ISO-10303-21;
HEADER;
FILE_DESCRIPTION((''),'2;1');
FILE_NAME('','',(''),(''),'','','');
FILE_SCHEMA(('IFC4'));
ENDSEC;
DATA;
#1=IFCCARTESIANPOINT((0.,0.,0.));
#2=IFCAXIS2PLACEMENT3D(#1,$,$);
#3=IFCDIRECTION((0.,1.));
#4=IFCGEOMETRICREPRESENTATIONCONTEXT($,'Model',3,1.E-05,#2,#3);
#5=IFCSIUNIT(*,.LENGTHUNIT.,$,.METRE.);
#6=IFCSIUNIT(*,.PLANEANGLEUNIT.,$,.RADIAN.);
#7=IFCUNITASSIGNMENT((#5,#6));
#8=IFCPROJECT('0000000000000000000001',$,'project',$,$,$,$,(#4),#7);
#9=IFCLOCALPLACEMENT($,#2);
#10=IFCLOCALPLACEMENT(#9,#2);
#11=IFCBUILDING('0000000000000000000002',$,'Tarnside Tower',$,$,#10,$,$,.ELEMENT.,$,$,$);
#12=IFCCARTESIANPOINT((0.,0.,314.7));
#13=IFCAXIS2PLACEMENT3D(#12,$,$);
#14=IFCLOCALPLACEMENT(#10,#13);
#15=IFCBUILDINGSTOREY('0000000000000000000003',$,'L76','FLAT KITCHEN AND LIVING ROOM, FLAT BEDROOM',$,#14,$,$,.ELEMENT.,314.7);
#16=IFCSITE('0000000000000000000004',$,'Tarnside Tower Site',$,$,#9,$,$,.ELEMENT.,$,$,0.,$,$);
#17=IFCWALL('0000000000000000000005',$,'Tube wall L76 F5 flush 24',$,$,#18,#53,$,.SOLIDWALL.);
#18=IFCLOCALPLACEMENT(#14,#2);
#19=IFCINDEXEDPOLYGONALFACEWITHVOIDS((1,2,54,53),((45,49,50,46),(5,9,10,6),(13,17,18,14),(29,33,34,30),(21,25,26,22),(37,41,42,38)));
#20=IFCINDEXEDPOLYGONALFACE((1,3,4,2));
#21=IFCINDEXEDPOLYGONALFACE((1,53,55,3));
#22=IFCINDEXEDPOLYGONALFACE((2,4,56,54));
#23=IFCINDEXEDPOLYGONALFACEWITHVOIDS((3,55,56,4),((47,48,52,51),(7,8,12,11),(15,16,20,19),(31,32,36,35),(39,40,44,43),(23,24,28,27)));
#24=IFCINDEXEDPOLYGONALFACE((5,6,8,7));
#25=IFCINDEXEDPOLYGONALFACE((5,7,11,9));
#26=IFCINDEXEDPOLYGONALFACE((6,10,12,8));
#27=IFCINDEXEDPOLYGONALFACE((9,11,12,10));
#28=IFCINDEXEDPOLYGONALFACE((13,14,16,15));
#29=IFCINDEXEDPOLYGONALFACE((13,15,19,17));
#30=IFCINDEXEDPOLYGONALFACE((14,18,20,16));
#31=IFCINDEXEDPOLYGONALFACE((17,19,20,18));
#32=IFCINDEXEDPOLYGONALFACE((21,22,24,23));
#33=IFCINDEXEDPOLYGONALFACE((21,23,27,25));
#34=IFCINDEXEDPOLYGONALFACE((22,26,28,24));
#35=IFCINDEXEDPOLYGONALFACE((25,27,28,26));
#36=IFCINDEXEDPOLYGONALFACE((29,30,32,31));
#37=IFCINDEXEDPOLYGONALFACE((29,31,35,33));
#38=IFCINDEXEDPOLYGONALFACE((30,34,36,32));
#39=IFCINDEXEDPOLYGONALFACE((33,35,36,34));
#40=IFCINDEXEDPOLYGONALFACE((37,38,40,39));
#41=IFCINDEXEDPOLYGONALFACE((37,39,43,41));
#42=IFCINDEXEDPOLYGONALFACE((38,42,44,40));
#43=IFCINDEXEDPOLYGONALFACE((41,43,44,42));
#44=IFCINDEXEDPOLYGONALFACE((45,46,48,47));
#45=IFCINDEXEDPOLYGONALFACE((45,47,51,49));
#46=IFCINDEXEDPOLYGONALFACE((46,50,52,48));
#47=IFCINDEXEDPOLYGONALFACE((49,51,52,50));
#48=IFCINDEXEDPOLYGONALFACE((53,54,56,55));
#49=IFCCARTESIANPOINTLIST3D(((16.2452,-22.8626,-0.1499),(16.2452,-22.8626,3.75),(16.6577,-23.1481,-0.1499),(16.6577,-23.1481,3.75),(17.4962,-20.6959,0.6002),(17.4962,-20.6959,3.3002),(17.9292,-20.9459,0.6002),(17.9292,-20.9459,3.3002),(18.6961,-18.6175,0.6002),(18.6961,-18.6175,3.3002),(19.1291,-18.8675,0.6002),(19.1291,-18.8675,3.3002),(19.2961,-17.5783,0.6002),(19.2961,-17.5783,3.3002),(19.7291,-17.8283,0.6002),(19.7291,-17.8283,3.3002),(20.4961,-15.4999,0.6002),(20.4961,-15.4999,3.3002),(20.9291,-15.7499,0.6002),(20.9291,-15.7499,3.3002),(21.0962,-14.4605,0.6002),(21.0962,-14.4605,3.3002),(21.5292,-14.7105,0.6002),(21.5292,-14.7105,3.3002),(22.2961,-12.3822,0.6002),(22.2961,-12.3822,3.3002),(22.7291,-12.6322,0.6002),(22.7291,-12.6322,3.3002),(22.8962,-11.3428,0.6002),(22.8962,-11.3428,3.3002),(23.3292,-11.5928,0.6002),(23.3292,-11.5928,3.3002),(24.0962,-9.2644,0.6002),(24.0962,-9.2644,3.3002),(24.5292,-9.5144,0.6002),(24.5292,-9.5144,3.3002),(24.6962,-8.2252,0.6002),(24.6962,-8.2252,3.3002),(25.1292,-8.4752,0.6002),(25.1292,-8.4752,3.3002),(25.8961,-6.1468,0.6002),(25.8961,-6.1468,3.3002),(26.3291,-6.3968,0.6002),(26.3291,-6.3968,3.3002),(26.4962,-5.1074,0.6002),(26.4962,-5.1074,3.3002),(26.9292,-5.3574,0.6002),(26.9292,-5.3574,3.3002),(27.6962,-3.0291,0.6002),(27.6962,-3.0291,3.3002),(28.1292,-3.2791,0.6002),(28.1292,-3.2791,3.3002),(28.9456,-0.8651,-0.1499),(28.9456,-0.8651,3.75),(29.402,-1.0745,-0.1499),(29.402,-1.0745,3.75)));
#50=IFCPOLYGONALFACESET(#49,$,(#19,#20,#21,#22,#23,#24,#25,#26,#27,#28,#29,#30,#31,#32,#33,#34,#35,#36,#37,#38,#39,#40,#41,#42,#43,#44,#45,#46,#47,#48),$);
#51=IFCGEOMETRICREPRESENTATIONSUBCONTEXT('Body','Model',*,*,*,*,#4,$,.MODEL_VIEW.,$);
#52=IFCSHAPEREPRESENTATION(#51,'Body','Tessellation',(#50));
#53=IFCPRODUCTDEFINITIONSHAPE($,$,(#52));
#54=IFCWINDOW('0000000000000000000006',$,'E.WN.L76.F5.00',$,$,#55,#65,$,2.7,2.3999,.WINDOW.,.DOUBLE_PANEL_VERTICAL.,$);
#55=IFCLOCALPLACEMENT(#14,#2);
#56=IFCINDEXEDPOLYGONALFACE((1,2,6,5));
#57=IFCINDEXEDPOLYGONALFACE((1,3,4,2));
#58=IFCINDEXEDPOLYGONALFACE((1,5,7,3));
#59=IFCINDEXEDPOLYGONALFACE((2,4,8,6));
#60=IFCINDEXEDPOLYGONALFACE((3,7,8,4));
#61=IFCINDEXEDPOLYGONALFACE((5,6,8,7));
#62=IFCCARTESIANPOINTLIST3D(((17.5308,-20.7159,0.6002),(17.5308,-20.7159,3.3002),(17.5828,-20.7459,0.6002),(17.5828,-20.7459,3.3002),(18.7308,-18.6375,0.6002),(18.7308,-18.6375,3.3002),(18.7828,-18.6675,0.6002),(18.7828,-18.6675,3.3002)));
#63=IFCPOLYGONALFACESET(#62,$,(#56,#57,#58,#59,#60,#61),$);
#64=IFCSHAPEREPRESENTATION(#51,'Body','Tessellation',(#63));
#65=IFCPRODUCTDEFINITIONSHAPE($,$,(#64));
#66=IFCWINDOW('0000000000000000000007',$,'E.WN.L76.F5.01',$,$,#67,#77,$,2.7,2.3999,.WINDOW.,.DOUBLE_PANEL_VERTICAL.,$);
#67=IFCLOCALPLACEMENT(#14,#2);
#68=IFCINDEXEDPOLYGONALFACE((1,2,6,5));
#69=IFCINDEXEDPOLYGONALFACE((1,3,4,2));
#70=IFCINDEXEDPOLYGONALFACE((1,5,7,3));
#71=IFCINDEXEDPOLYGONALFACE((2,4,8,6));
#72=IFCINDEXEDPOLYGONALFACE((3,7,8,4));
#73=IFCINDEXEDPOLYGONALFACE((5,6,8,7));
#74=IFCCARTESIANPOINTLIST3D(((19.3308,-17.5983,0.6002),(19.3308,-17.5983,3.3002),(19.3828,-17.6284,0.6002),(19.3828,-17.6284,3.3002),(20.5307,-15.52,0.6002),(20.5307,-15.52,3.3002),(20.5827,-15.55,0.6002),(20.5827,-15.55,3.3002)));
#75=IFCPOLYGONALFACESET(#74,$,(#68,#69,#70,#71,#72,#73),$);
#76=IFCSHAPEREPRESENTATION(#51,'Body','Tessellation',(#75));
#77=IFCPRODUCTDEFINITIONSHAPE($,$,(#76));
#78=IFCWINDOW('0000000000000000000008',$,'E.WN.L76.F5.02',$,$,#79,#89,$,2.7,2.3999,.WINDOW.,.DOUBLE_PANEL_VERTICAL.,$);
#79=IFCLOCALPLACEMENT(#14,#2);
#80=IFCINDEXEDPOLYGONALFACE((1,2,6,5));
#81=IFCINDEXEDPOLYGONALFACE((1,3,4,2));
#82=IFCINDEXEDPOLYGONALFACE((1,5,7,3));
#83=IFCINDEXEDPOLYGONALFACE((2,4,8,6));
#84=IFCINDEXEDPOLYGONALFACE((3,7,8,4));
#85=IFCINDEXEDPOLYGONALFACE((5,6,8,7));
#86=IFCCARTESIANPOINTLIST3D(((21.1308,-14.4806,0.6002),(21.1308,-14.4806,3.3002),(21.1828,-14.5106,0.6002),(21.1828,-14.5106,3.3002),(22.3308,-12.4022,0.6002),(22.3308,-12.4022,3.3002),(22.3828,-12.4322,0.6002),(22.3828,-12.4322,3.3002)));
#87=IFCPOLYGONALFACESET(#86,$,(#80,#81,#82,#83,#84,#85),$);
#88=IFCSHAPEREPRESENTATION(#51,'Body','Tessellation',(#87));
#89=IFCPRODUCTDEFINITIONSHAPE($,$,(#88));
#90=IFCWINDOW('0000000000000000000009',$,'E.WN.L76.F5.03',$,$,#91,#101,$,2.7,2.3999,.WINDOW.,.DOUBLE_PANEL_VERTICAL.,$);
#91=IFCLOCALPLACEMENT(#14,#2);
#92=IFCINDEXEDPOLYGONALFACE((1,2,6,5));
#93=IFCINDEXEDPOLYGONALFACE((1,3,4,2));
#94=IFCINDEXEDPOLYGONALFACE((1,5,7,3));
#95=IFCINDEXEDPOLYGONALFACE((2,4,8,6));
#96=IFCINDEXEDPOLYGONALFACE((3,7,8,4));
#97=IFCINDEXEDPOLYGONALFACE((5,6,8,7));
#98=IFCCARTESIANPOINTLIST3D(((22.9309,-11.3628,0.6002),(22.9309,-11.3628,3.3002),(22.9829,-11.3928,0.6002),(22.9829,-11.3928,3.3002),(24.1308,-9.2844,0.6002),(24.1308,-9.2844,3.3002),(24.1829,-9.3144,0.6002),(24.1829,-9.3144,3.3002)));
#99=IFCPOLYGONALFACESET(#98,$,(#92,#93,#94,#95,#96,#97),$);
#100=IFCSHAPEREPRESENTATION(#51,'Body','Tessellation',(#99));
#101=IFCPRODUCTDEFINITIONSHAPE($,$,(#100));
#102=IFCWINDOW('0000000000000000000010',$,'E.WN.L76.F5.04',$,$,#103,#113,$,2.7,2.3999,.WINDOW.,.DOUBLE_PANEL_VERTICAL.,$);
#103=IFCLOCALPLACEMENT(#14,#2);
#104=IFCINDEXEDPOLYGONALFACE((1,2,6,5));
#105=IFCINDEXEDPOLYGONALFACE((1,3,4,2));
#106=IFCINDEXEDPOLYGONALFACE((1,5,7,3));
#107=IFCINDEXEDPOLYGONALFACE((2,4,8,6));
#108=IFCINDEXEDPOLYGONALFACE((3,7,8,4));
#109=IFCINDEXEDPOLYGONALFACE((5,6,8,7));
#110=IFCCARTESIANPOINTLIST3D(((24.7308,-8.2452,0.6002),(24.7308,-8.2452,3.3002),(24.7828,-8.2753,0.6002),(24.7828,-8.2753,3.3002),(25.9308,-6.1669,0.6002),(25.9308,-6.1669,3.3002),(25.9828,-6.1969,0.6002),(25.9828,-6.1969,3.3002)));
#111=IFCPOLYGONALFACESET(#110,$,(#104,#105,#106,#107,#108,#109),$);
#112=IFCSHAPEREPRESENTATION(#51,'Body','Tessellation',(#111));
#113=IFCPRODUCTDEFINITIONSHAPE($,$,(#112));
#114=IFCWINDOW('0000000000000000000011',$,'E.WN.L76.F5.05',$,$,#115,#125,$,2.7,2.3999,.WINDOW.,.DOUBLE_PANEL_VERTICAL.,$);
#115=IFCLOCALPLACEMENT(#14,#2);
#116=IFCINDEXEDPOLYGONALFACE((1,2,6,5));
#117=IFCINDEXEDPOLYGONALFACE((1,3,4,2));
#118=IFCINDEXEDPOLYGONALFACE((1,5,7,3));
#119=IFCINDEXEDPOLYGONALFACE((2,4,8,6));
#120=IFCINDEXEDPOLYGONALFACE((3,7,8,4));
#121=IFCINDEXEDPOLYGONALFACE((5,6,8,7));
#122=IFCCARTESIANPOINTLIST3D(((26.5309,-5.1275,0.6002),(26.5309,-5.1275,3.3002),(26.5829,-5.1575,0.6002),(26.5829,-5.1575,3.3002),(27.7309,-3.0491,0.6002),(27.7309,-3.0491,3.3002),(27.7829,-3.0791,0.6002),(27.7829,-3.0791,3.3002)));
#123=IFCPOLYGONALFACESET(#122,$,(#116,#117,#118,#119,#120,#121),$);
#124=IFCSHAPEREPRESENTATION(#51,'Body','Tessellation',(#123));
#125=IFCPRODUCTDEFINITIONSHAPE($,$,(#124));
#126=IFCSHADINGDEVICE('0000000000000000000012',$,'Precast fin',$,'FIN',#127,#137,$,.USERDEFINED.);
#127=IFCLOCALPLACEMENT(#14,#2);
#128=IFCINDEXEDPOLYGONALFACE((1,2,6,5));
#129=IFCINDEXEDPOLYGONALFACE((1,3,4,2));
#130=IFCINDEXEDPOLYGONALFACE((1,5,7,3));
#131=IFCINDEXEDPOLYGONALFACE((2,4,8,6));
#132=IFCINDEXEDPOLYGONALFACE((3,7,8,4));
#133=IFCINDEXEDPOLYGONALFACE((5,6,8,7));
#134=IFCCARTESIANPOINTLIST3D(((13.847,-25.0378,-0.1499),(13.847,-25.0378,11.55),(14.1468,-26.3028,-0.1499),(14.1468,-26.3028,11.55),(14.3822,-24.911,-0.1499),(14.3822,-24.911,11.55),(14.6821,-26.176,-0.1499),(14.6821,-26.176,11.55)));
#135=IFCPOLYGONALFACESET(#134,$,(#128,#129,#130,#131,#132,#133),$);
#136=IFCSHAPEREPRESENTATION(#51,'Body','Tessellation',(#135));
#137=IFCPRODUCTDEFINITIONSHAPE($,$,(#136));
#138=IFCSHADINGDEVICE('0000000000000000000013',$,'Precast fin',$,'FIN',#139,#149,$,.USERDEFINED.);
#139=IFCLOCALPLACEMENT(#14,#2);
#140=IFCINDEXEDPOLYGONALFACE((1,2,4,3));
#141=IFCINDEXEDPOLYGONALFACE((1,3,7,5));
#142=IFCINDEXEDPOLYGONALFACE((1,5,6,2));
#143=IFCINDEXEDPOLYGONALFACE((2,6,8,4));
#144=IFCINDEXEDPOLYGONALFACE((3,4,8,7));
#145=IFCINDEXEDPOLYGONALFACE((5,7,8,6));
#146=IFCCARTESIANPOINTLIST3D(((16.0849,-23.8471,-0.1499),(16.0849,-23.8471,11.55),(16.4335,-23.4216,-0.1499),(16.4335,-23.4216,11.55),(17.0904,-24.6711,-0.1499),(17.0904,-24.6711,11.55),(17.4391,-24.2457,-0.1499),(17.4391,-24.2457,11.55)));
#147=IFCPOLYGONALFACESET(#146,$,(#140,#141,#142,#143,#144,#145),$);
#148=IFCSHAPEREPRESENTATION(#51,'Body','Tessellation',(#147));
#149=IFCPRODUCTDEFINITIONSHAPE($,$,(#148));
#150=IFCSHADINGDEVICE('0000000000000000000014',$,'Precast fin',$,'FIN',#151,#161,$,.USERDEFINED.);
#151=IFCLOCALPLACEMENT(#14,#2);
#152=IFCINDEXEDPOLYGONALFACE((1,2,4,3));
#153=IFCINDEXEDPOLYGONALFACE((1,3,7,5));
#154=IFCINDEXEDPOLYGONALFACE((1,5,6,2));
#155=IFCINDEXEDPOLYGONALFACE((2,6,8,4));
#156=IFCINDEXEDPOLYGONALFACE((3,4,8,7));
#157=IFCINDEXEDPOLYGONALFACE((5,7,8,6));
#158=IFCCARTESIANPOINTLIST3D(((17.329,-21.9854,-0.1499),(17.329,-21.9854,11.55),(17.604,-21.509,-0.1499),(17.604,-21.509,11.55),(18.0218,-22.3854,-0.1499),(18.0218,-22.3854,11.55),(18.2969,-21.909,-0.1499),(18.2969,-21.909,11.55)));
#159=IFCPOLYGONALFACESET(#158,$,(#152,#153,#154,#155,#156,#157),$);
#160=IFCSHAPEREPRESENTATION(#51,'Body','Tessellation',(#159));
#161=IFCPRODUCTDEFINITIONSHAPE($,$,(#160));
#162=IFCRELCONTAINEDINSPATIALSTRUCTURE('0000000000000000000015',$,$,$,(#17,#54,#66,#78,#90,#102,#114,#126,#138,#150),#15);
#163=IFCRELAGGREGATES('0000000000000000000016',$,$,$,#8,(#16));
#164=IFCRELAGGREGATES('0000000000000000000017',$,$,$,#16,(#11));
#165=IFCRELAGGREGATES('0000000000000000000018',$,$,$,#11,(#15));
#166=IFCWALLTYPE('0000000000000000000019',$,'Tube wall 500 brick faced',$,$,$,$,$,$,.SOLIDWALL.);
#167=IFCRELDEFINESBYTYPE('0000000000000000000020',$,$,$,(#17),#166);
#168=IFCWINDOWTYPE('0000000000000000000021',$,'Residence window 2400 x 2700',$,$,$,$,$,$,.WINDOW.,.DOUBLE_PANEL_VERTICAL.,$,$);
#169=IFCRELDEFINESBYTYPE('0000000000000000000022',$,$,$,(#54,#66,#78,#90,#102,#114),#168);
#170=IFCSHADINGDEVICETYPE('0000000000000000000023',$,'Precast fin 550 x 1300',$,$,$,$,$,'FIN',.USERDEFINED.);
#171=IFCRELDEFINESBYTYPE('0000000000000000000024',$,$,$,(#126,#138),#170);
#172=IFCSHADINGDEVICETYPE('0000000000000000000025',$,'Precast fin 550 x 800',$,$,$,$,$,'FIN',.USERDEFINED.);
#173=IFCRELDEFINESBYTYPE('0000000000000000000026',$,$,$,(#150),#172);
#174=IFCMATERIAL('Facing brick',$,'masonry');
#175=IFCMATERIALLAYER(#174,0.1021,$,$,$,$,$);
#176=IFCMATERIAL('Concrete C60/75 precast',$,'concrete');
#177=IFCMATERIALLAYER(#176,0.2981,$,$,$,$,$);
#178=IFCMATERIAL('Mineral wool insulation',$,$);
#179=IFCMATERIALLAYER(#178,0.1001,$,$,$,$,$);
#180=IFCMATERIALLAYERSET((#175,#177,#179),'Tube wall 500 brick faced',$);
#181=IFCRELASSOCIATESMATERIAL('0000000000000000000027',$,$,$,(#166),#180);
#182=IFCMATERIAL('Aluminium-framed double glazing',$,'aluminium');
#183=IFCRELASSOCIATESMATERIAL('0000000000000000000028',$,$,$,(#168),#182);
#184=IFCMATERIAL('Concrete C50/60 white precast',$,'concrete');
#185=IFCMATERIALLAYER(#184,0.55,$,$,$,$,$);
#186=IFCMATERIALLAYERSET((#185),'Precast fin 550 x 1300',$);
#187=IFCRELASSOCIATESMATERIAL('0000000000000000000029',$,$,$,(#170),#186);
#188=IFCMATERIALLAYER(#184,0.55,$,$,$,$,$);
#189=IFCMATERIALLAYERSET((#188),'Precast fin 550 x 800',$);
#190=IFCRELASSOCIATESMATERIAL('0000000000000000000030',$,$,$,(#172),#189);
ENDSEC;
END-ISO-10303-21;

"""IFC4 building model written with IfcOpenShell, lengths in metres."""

from ifc_helpers import new_model, si_unit, direction, frame, frame_2d, origin, place, context, subcontext, project, spatial, polyline, rectangle, outline, extrude, material, layer, layer_set, type_object, element, fill, save


model = new_model("IFC4")

# Units and contexts
model_context = context("Model", 3, precision=1e-05, world=origin(), true_north=direction((0.0, 1.0)))
body_context = subcontext(model_context, "Body", "Model", "MODEL_VIEW")
ifc_project = project(units=[si_unit("LENGTHUNIT", "METRE"), si_unit("PLANEANGLEUNIT", "RADIAN")], contexts=[model_context])

# Site, building, storey
site_placement = place(None, origin())
site = spatial("IfcSite", under=ifc_project, at=site_placement, Name="Tarnside Tower Site", CompositionType="ELEMENT", RefElevation=0.0)
building_placement = place(site_placement, origin())
building = spatial("IfcBuilding", under=site, at=building_placement, Name="Tarnside Tower", CompositionType="ELEMENT")
storey_placement = place(building_placement, frame((0.0, 0.0, 314.7)))
storey = spatial("IfcBuildingStorey", under=building, at=storey_placement, Name="L76", Description="FLAT KITCHEN AND LIVING ROOM, FLAT BEDROOM", CompositionType="ELEMENT", Elevation=314.7)

# Shared definitions
ifc_material_1 = material(Name="Facing brick", Category="masonry")
ifc_layer_1 = layer(ifc_material_1, 0.1021)
ifc_material_2 = material(Name="Concrete C60/75 precast", Category="concrete")
ifc_layer_2 = layer(ifc_material_2, 0.2981)
ifc_material_3 = material(Name="Mineral wool insulation")
ifc_layer_3 = layer(ifc_material_3, 0.1001)
ifc_layer_set_1 = layer_set([ifc_layer_1, ifc_layer_2, ifc_layer_3], Name="Tube wall 500 brick faced")
wall_type_1 = type_object("IfcWallType", Name="Tube wall 500 brick faced", PredefinedType="SOLIDWALL", material=ifc_layer_set_1)

# Wall, openings, windows
wall_1_placement = place(storey_placement, frame((16.4514, -23.0054, -0.1499), z_axis=(0.0, 0.0, 1.0), x_axis=(0.500004, 0.866023, 0.0)))
wall_1 = element("IfcWall", 1, at=wall_1_placement, inside=storey, type_object=wall_type_1, Name="Tube wall L76 F5 flush 24", PredefinedType="SOLIDWALL", context=body_context, shape_type="SweptSolid", body=[
    extrude(outline(polyline([(-0.0205, -0.25), (25.468, -0.25), (25.4211, 0.25), (0.0205, 0.25), (-0.0205, -0.25)])), origin(), (0.0, 0.0, 1.0), 3.8999),
])
opening_1_placement = place(wall_1_placement, frame((2.5225, 0.0, 0.75)))
opening_1 = element("IfcOpeningElement", 2, at=opening_1_placement, cuts=wall_1, PredefinedType="OPENING", context=body_context, shape_type="SweptSolid", body=[
    extrude(rectangle(XDim=2.3999, YDim=2.7, at=frame_2d((1.2, 1.3501))), frame((0.0, 0.26, 0.0), z_axis=(0.0, -1.0, 0.0), x_axis=(1.0, 0.0, 0.0)), (0.0, 0.0, 1.0), 0.52),
])
opening_2_placement = place(wall_1_placement, frame((6.1223, 0.0, 0.75)))
opening_2 = element("IfcOpeningElement", 3, at=opening_2_placement, cuts=wall_1, PredefinedType="OPENING", context=body_context, shape_type="SweptSolid", body=[
    extrude(rectangle(XDim=2.3999, YDim=2.7, at=frame_2d((1.2, 1.3501))), frame((0.0, 0.26, 0.0), z_axis=(0.0, -1.0, 0.0), x_axis=(1.0, 0.0, 0.0)), (0.0, 0.0, 1.0), 0.52),
])
opening_3_placement = place(wall_1_placement, frame((9.7224, 0.0, 0.75)))
opening_3 = element("IfcOpeningElement", 4, at=opening_3_placement, cuts=wall_1, PredefinedType="OPENING", context=body_context, shape_type="SweptSolid", body=[
    extrude(rectangle(XDim=2.3999, YDim=2.7, at=frame_2d((1.2, 1.3501))), frame((0.0, 0.26, 0.0), z_axis=(0.0, -1.0, 0.0), x_axis=(1.0, 0.0, 0.0)), (0.0, 0.0, 1.0), 0.52),
])
opening_4_placement = place(wall_1_placement, frame((13.3225, 0.0, 0.75)))
opening_4 = element("IfcOpeningElement", 5, at=opening_4_placement, cuts=wall_1, PredefinedType="OPENING", context=body_context, shape_type="SweptSolid", body=[
    extrude(rectangle(XDim=2.3999, YDim=2.7, at=frame_2d((1.2, 1.3501))), frame((0.0, 0.26, 0.0), z_axis=(0.0, -1.0, 0.0), x_axis=(1.0, 0.0, 0.0)), (0.0, 0.0, 1.0), 0.52),
])
opening_5_placement = place(wall_1_placement, frame((16.9224, 0.0, 0.75)))
opening_5 = element("IfcOpeningElement", 6, at=opening_5_placement, cuts=wall_1, PredefinedType="OPENING", context=body_context, shape_type="SweptSolid", body=[
    extrude(rectangle(XDim=2.3999, YDim=2.7, at=frame_2d((1.2, 1.3501))), frame((0.0, 0.26, 0.0), z_axis=(0.0, -1.0, 0.0), x_axis=(1.0, 0.0, 0.0)), (0.0, 0.0, 1.0), 0.52),
])
opening_6_placement = place(wall_1_placement, frame((20.5225, 0.0, 0.75)))
opening_6 = element("IfcOpeningElement", 7, at=opening_6_placement, cuts=wall_1, PredefinedType="OPENING", context=body_context, shape_type="SweptSolid", body=[
    extrude(rectangle(XDim=2.3999, YDim=2.7, at=frame_2d((1.2, 1.3501))), frame((0.0, 0.26, 0.0), z_axis=(0.0, -1.0, 0.0), x_axis=(1.0, 0.0, 0.0)), (0.0, 0.0, 1.0), 0.52),
])
ifc_material_4 = material(Name="Aluminium-framed double glazing", Category="aluminium")
window_type = type_object("IfcWindowType", Name="Residence window 2400 x 2700", PartitioningType="DOUBLE_PANEL_VERTICAL", PredefinedType="WINDOW", material=ifc_material_4)
window_1_placement = place(opening_1_placement, frame((0.0, 0.1799, 0.0)))
window_1 = element("IfcWindow", 8, at=window_1_placement, inside=storey, type_object=window_type, Name="E.WN.L76.F5.00", OverallHeight=2.7, OverallWidth=2.3999, PartitioningType="DOUBLE_PANEL_VERTICAL", PredefinedType="WINDOW", context=body_context, shape_type="SweptSolid", body=[
    extrude(rectangle(XDim=2.3999, YDim=2.7, at=frame_2d((1.2, 1.3501))), frame((0.0, 0.03, 0.0), z_axis=(0.0, -1.0, 0.0), x_axis=(1.0, 0.0, 0.0)), (0.0, 0.0, 1.0), 0.0601),
])
fill(opening_1, window_1)
window_2_placement = place(opening_2_placement, frame((0.0, 0.1799, 0.0)))
window_2 = element("IfcWindow", 9, at=window_2_placement, inside=storey, type_object=window_type, Name="E.WN.L76.F5.01", OverallHeight=2.7, OverallWidth=2.3999, PartitioningType="DOUBLE_PANEL_VERTICAL", PredefinedType="WINDOW", context=body_context, shape_type="SweptSolid", body=[
    extrude(rectangle(XDim=2.3999, YDim=2.7, at=frame_2d((1.2, 1.3501))), frame((0.0, 0.03, 0.0), z_axis=(0.0, -1.0, 0.0), x_axis=(1.0, 0.0, 0.0)), (0.0, 0.0, 1.0), 0.0601),
])
fill(opening_2, window_2)
window_3_placement = place(opening_3_placement, frame((0.0, 0.1799, 0.0)))
window_3 = element("IfcWindow", 10, at=window_3_placement, inside=storey, type_object=window_type, Name="E.WN.L76.F5.02", OverallHeight=2.7, OverallWidth=2.3999, PartitioningType="DOUBLE_PANEL_VERTICAL", PredefinedType="WINDOW", context=body_context, shape_type="SweptSolid", body=[
    extrude(rectangle(XDim=2.3999, YDim=2.7, at=frame_2d((1.2, 1.3501))), frame((0.0, 0.03, 0.0), z_axis=(0.0, -1.0, 0.0), x_axis=(1.0, 0.0, 0.0)), (0.0, 0.0, 1.0), 0.0601),
])
fill(opening_3, window_3)
window_4_placement = place(opening_4_placement, frame((0.0, 0.1799, 0.0)))
window_4 = element("IfcWindow", 11, at=window_4_placement, inside=storey, type_object=window_type, Name="E.WN.L76.F5.03", OverallHeight=2.7, OverallWidth=2.3999, PartitioningType="DOUBLE_PANEL_VERTICAL", PredefinedType="WINDOW", context=body_context, shape_type="SweptSolid", body=[
    extrude(rectangle(XDim=2.3999, YDim=2.7, at=frame_2d((1.2, 1.3501))), frame((0.0, 0.03, 0.0), z_axis=(0.0, -1.0, 0.0), x_axis=(1.0, 0.0, 0.0)), (0.0, 0.0, 1.0), 0.0601),
])
fill(opening_4, window_4)
window_5_placement = place(opening_5_placement, frame((0.0, 0.1799, 0.0)))
window_5 = element("IfcWindow", 12, at=window_5_placement, inside=storey, type_object=window_type, Name="E.WN.L76.F5.04", OverallHeight=2.7, OverallWidth=2.3999, PartitioningType="DOUBLE_PANEL_VERTICAL", PredefinedType="WINDOW", context=body_context, shape_type="SweptSolid", body=[
    extrude(rectangle(XDim=2.3999, YDim=2.7, at=frame_2d((1.2, 1.3501))), frame((0.0, 0.03, 0.0), z_axis=(0.0, -1.0, 0.0), x_axis=(1.0, 0.0, 0.0)), (0.0, 0.0, 1.0), 0.0601),
])
fill(opening_5, window_5)
window_6_placement = place(opening_6_placement, frame((0.0, 0.1799, 0.0)))
window_6 = element("IfcWindow", 13, at=window_6_placement, inside=storey, type_object=window_type, Name="E.WN.L76.F5.05", OverallHeight=2.7, OverallWidth=2.3999, PartitioningType="DOUBLE_PANEL_VERTICAL", PredefinedType="WINDOW", context=body_context, shape_type="SweptSolid", body=[
    extrude(rectangle(XDim=2.3999, YDim=2.7, at=frame_2d((1.2, 1.3501))), frame((0.0, 0.03, 0.0), z_axis=(0.0, -1.0, 0.0), x_axis=(1.0, 0.0, 0.0)), (0.0, 0.0, 1.0), 0.0601),
])
fill(opening_6, window_6)

# Shading devices
ifc_material_5 = material(Name="Concrete C50/60 white precast", Category="concrete")
ifc_layer_4 = layer(ifc_material_5, 0.55)
ifc_layer_set_2 = layer_set([ifc_layer_4], Name="Precast fin 550 x 1300")
shading_device_type_1 = type_object("IfcShadingDeviceType", Name="Precast fin 550 x 1300", ElementType="FIN", PredefinedType="USERDEFINED", material=ifc_layer_set_2)
for number, where, z_axis, x_axis, name in (
    (14, (14.1147, -24.9744, -0.1499), (-0.973045, -0.230616, 0.0), (0.230616, -0.973045, 0.0), "Precast fin"),
    (15, (16.2593, -23.6343, -0.1499), (-0.633831, -0.773472, 0.0), (0.773472, -0.633831, 0.0), "Precast fin"),
):
    element("IfcShadingDevice", number, at=place(storey_placement, frame(where, z_axis=z_axis, x_axis=x_axis)), inside=storey, type_object=shading_device_type_1, Name=name, ObjectType="FIN", PredefinedType="USERDEFINED", context=body_context, shape_type="SweptSolid", body=[
        extrude(outline(polyline([(0.0, 0.0), (1.3, 0.0), (1.3, 11.7), (0.0, 11.7), (0.0, 0.0)])), frame((0.0, 0.0, -0.2749)), (0.0, 0.0, 1.0), 0.55),
    ])
ifc_layer_5 = layer(ifc_material_5, 0.55)
ifc_layer_set_3 = layer_set([ifc_layer_5], Name="Precast fin 550 x 800")
shading_device_type_2 = type_object("IfcShadingDeviceType", Name="Precast fin 550 x 800", ElementType="FIN", PredefinedType="USERDEFINED", material=ifc_layer_set_3)
for number, where, z_axis, x_axis, name in (
    (16, (17.4666, -21.7471, -0.1499), (-0.5, -0.866025, 0.0), (0.866025, -0.5, 0.0), "Precast fin"),
):
    element("IfcShadingDevice", number, at=place(storey_placement, frame(where, z_axis=z_axis, x_axis=x_axis)), inside=storey, type_object=shading_device_type_2, Name=name, ObjectType="FIN", PredefinedType="USERDEFINED", context=body_context, shape_type="SweptSolid", body=[
        extrude(outline(polyline([(0.0, 0.0), (0.8, 0.0), (0.8, 11.7), (0.0, 11.7), (0.0, 0.0)])), frame((0.0, 0.0, -0.2749)), (0.0, 0.0, 1.0), 0.55),
    ])

save(model, "model.ifc")
